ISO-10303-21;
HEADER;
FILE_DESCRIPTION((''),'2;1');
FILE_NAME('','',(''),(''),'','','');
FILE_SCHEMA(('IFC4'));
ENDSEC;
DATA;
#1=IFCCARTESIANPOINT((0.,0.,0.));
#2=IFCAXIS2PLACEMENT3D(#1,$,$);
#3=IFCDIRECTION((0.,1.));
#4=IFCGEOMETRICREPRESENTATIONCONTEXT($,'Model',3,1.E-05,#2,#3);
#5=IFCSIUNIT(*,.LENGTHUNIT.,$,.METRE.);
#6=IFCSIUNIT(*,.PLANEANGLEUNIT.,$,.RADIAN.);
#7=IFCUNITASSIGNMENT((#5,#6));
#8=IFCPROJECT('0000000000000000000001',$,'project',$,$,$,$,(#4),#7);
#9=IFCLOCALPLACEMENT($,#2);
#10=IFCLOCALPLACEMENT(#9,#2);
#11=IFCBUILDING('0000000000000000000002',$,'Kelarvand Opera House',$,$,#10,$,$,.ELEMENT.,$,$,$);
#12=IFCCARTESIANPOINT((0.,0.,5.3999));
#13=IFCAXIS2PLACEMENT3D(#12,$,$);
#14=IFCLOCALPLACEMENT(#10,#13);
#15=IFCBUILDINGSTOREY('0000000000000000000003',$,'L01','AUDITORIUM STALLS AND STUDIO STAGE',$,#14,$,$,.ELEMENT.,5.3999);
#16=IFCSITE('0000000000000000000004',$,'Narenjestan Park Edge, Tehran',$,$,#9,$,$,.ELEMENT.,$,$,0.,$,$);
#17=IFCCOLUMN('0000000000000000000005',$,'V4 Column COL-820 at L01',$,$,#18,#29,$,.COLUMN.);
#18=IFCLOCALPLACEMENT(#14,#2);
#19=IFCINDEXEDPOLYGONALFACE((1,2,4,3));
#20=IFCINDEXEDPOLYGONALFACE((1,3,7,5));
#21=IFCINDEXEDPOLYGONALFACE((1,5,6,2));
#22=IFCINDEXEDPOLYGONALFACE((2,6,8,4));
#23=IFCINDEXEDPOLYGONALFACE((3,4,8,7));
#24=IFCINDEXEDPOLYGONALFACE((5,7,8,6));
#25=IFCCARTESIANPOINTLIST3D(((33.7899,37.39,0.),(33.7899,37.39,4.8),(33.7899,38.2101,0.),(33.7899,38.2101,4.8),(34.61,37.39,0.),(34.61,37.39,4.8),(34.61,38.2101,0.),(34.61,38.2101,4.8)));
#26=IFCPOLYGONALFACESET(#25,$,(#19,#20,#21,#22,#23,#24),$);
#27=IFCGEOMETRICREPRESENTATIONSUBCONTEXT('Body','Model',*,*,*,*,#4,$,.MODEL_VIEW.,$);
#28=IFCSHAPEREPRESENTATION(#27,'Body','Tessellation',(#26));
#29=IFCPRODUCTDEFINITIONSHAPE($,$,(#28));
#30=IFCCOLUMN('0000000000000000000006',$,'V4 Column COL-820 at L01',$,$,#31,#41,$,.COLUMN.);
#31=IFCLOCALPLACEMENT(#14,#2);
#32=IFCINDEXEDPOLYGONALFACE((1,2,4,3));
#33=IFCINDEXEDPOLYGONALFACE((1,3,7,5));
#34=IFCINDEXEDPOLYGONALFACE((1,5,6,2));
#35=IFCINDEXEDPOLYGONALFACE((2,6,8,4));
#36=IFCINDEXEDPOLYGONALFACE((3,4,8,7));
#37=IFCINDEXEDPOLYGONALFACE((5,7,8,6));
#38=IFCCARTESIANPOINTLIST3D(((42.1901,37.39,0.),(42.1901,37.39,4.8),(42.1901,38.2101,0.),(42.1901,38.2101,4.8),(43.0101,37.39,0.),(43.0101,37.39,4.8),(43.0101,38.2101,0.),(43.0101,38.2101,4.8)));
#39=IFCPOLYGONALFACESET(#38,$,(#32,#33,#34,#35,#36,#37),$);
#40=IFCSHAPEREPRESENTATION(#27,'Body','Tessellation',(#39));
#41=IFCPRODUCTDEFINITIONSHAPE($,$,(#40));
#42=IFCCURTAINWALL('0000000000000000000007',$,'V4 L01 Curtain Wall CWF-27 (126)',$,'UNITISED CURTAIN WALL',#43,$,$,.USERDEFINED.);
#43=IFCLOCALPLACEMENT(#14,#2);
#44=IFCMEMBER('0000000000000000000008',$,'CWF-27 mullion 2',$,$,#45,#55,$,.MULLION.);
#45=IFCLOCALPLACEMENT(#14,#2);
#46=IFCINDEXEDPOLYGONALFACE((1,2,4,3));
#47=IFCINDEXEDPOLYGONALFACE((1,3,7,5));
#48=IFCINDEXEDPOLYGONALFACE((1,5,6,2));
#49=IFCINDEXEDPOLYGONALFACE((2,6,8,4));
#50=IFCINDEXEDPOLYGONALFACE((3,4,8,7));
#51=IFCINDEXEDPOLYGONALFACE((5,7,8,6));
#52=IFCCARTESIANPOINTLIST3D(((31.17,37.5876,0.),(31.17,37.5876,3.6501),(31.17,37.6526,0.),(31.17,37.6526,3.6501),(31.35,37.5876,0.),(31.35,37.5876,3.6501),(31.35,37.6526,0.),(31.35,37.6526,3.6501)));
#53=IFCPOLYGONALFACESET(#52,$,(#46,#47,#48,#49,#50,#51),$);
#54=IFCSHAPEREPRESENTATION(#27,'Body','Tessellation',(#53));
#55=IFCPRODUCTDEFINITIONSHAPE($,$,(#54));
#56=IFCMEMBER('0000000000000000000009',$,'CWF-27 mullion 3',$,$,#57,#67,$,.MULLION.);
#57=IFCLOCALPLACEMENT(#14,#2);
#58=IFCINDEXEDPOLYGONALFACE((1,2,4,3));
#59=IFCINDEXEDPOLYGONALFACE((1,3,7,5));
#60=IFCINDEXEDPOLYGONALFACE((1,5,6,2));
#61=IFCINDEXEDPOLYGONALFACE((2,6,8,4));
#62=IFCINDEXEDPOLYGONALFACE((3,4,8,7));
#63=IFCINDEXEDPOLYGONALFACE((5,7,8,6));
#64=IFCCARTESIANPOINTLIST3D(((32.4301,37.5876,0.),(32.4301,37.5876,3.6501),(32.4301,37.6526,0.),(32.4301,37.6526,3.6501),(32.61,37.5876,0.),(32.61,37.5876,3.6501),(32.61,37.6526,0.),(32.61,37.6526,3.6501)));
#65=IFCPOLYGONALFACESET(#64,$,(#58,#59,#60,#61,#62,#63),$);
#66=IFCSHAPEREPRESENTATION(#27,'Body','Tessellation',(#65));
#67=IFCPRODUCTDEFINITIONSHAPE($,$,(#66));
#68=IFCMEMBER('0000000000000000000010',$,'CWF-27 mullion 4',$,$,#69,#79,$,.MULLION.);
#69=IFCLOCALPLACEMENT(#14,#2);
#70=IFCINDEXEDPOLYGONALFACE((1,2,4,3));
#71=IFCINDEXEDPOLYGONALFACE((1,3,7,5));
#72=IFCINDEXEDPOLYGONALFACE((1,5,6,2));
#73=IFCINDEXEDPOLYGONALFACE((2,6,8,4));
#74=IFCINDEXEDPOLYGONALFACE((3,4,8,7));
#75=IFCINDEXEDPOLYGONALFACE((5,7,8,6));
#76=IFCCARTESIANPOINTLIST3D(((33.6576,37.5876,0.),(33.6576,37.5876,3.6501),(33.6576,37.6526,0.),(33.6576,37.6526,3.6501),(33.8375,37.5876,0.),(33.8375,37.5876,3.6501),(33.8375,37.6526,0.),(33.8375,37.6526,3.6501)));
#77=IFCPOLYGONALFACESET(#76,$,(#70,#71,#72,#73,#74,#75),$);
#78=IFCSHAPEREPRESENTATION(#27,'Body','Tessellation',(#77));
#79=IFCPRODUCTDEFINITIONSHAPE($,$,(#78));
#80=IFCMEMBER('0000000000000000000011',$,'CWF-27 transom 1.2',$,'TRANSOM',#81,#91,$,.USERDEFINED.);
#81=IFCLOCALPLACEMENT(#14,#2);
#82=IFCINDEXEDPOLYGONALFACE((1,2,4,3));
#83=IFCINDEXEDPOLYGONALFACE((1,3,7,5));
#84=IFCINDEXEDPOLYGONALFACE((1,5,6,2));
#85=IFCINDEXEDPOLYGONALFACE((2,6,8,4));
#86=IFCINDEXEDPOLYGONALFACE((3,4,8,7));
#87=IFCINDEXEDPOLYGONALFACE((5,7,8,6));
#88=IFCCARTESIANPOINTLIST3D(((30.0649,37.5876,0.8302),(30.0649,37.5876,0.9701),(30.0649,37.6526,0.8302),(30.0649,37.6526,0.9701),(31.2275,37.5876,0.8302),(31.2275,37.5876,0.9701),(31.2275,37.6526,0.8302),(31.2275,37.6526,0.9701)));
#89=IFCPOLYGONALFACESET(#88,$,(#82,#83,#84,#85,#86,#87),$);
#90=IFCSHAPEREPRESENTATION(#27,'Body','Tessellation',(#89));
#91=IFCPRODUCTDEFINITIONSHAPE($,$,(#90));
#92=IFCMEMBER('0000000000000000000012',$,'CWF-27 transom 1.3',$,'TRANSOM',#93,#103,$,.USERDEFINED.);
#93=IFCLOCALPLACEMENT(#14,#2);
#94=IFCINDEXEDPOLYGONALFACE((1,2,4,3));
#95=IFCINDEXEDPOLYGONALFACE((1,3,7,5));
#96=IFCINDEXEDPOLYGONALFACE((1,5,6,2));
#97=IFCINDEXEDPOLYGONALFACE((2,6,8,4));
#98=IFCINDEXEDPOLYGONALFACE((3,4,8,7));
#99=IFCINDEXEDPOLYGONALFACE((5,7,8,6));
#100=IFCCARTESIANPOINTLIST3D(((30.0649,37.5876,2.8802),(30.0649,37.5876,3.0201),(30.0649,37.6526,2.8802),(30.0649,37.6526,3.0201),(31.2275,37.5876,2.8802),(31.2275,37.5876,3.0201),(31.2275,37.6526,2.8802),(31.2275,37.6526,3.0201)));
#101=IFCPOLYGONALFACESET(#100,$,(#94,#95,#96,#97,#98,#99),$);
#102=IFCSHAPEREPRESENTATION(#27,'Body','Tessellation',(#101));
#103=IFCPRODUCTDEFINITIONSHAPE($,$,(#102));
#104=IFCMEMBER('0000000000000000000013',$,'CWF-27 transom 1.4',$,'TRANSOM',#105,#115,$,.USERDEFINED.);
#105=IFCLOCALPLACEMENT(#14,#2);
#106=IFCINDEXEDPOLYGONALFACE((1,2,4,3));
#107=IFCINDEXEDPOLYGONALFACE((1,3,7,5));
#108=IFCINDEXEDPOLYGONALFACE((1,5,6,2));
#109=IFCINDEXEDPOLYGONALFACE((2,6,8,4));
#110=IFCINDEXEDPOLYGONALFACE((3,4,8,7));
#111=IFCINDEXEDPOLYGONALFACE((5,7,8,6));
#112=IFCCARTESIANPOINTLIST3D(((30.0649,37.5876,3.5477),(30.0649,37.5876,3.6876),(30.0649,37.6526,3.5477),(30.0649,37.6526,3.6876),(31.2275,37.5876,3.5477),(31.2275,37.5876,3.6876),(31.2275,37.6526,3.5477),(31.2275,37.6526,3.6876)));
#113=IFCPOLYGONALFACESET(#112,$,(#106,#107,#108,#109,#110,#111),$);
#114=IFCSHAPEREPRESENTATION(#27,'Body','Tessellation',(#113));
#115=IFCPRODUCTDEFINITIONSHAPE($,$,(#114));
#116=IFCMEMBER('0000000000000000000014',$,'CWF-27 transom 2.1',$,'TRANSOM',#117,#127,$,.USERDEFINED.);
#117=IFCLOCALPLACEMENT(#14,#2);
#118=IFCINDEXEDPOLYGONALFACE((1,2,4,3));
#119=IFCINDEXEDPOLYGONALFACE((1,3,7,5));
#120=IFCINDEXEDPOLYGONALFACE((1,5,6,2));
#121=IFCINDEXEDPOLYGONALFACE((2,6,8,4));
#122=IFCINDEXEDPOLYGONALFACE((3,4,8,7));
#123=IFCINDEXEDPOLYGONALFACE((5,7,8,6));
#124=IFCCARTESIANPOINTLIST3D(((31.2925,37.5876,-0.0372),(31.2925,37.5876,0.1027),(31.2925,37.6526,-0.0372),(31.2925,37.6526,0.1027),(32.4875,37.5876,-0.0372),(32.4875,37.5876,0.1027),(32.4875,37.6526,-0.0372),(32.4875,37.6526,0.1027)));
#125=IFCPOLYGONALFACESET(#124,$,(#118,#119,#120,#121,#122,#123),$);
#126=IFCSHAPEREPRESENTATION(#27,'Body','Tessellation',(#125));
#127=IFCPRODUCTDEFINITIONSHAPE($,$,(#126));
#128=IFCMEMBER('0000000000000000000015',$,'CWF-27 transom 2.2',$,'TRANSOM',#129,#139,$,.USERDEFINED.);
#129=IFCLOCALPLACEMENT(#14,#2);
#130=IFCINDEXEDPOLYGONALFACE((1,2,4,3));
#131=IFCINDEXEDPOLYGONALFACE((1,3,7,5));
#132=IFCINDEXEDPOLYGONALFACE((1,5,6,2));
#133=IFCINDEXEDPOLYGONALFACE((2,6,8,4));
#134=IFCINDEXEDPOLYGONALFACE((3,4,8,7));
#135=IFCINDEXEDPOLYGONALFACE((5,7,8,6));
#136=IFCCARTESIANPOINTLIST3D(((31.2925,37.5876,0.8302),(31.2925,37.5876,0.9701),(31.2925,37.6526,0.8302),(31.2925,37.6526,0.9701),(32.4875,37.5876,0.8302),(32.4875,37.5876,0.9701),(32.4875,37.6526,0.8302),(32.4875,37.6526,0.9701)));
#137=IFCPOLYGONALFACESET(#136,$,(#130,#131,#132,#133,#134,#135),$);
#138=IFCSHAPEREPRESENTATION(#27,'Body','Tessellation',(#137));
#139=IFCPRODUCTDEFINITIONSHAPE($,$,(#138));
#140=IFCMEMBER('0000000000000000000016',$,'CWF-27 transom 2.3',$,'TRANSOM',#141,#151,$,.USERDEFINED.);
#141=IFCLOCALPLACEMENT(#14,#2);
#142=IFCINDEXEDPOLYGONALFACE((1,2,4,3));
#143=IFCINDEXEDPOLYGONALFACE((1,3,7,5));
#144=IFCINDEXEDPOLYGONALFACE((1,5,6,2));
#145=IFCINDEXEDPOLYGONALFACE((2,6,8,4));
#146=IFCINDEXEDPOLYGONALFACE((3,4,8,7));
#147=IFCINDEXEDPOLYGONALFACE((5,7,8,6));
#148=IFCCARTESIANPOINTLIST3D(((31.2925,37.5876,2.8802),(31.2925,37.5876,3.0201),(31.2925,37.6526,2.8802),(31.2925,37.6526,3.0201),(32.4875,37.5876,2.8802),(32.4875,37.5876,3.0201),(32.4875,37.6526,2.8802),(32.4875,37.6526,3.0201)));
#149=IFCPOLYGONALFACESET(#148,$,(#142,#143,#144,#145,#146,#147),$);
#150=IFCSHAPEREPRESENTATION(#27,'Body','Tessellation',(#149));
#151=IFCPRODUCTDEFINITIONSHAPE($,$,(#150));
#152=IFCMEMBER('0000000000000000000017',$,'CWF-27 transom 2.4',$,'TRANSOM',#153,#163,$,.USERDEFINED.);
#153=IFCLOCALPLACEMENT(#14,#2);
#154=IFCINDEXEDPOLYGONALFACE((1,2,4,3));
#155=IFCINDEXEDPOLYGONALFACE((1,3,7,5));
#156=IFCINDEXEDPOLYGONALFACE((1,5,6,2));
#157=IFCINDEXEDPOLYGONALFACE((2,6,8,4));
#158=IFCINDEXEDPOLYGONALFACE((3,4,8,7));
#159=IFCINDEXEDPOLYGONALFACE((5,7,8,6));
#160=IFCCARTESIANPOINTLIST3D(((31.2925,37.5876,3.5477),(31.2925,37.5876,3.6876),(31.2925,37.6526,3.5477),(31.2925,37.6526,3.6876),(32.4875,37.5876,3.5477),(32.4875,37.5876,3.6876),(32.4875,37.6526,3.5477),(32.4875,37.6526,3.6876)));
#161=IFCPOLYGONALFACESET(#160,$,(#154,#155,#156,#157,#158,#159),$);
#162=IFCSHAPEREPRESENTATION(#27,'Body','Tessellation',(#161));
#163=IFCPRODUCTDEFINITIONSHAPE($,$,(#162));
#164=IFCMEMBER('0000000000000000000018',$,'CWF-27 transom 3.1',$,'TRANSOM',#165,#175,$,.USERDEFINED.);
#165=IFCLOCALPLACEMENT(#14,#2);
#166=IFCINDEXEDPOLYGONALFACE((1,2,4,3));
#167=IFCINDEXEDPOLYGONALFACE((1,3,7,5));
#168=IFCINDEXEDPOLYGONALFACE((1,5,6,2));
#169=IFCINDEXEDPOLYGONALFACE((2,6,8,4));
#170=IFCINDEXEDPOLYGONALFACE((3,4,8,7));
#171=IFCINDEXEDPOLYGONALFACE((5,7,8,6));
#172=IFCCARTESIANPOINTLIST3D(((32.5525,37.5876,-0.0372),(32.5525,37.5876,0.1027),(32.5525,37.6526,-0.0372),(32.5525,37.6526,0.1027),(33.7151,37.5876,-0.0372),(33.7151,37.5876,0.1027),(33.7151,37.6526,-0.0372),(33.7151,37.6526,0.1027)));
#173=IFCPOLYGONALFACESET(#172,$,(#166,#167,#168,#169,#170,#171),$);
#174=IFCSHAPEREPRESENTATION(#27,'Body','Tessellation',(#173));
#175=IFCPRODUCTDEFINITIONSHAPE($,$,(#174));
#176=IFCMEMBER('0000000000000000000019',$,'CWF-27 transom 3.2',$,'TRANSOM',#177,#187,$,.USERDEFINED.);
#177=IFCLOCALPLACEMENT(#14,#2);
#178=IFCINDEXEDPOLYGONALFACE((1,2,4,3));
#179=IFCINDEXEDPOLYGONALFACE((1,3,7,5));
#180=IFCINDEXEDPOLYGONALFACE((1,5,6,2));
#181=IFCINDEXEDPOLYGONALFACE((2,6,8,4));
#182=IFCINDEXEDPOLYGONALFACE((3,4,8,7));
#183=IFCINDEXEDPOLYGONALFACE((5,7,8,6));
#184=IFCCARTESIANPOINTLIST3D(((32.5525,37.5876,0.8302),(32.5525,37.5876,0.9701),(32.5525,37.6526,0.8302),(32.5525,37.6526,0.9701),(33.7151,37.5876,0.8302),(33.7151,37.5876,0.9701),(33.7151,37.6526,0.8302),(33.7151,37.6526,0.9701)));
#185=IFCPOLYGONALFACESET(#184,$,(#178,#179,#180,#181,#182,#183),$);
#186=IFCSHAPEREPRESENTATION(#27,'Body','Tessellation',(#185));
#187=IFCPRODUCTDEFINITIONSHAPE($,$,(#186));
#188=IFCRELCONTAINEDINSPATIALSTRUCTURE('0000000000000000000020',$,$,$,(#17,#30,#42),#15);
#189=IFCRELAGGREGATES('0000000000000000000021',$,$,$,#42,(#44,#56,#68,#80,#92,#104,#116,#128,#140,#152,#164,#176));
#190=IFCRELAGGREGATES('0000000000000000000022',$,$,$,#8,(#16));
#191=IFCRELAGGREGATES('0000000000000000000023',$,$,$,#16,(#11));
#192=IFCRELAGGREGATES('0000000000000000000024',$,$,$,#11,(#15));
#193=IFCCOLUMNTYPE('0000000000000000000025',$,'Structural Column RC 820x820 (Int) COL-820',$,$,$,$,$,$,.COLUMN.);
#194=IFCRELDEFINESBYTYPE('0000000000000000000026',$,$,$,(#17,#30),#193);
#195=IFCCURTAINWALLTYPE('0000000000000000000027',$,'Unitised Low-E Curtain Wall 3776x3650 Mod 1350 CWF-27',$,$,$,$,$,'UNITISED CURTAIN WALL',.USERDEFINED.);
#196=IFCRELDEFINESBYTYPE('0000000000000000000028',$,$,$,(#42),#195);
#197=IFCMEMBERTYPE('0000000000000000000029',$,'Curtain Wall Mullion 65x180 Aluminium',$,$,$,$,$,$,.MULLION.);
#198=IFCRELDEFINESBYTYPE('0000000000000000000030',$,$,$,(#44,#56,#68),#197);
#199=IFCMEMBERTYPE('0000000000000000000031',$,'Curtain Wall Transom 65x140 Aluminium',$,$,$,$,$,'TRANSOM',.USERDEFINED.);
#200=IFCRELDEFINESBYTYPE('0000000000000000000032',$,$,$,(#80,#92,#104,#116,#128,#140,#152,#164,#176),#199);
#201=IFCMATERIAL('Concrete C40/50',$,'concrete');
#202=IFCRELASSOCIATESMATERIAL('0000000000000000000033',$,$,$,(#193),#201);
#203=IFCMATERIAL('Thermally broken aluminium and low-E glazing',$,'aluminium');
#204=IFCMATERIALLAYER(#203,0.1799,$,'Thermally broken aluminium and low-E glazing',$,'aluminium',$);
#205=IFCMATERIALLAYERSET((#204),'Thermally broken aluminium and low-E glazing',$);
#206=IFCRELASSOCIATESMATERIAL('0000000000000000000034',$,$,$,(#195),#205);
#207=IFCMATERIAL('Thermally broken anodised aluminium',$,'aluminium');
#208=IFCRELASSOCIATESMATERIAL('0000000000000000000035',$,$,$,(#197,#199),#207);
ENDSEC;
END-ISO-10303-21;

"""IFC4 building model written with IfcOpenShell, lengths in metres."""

from ifc_helpers import new_model, si_unit, direction, frame, origin, origin_2d, place, context, subcontext, project, spatial, rectangle, extrude, material, layer, layer_set, material_profile, profile_set, type_object, element, aggregate, save


model = new_model("IFC4")

# Units and contexts
model_context = context("Model", 3, precision=1e-05, world=origin(), true_north=direction((0.0, 1.0)))
body_context = subcontext(model_context, "Body", "Model", "MODEL_VIEW")
ifc_project = project(units=[si_unit("LENGTHUNIT", "METRE"), si_unit("PLANEANGLEUNIT", "RADIAN")], contexts=[model_context])

# Site, building, storey
site_placement = place(None, origin())
site = spatial("IfcSite", under=ifc_project, at=site_placement, Name="Narenjestan Park Edge, Tehran", CompositionType="ELEMENT", RefElevation=0.0)
building_placement = place(site_placement, origin())
building = spatial("IfcBuilding", under=site, at=building_placement, Name="Kelarvand Opera House", CompositionType="ELEMENT")
storey_placement = place(building_placement, frame((0.0, 0.0, 5.3999)))
storey = spatial("IfcBuildingStorey", under=building, at=storey_placement, Name="L01", Description="AUDITORIUM STALLS AND STUDIO STAGE", CompositionType="ELEMENT", Elevation=5.3999)

# Columns
ifc_material_1 = material(Name="Concrete C40/50", Category="concrete")
ifc_material_profile_1 = material_profile(ifc_material_1, rectangle(XDim=0.8201, YDim=0.8201, at=origin_2d()), Name="RC 820x820", Category="concrete")
ifc_profile_set_1 = profile_set([ifc_material_profile_1], Name="Concrete C40/50")
column_type = type_object("IfcColumnType", Name="Structural Column RC 820x820 (Int) COL-820", PredefinedType="COLUMN", material=ifc_profile_set_1)
for number, where, z_axis, x_axis, name in (
    (1, (34.2, 37.8, 0.0), (0.0, 0.0, 1.0), (1.0, 0.0, 0.0), "V4 Column COL-820 at L01"),
    (2, (42.6001, 37.8, 0.0), (0.0, 0.0, 1.0), (1.0, 0.0, 0.0), "V4 Column COL-820 at L01"),
):
    element("IfcColumn", number, at=place(storey_placement, frame(where, z_axis=z_axis, x_axis=x_axis)), inside=storey, type_object=column_type, Name=name, PredefinedType="COLUMN", context=body_context, shape_type="SweptSolid", body=[
        extrude(rectangle(XDim=0.8201, YDim=0.8201, at=origin_2d()), origin(), (0.0, 0.0, 1.0), 4.8),
    ])

# Curtain wall, members
ifc_material_2 = material(Name="Thermally broken aluminium and low-E glazing", Category="aluminium")
ifc_layer_1 = layer(ifc_material_2, 0.1799, Name="Thermally broken aluminium and low-E glazing", Category="aluminium")
ifc_layer_set_1 = layer_set([ifc_layer_1], Name="Thermally broken aluminium and low-E glazing")
curtain_wall_type = type_object("IfcCurtainWallType", Name="Unitised Low-E Curtain Wall 3776x3650 Mod 1350 CWF-27", ElementType="UNITISED CURTAIN WALL", PredefinedType="USERDEFINED", material=ifc_layer_set_1)
curtain_wall_placement = place(storey_placement, origin())
curtain_wall = element("IfcCurtainWall", 3, at=curtain_wall_placement, inside=storey, type_object=curtain_wall_type, Name="V4 L01 Curtain Wall CWF-27 (126)", ObjectType="UNITISED CURTAIN WALL", PredefinedType="USERDEFINED")
ifc_material_3 = material(Name="Thermally broken anodised aluminium", Category="aluminium")
ifc_material_profile_2 = material_profile(ifc_material_3, rectangle(XDim=0.0649, YDim=0.1799, at=origin_2d()), Name="ALU MULLION 65x180", Category="aluminium")
ifc_profile_set_2 = profile_set([ifc_material_profile_2], Name="Thermally broken anodised aluminium")
member_type_1 = type_object("IfcMemberType", Name="Curtain Wall Mullion 65x180 Aluminium", PredefinedType="MULLION", material=ifc_profile_set_2)
member_1_placement = place(storey_placement, frame((31.26, 37.6201, 0.0), z_axis=(0.0, 0.0, 1.0), x_axis=(0.0, 1.0, 0.0)))
member_1 = element("IfcMember", 4, at=member_1_placement, type_object=member_type_1, Name="CWF-27 mullion 2", PredefinedType="MULLION", context=body_context, shape_type="SweptSolid", body=[
    extrude(rectangle(XDim=0.0649, YDim=0.1799, at=origin_2d()), origin(), (0.0, 0.0, 1.0), 3.6501),
])
member_2_placement = place(storey_placement, frame((32.52, 37.6201, 0.0), z_axis=(0.0, 0.0, 1.0), x_axis=(0.0, 1.0, 0.0)))
member_2 = element("IfcMember", 5, at=member_2_placement, type_object=member_type_1, Name="CWF-27 mullion 3", PredefinedType="MULLION", context=body_context, shape_type="SweptSolid", body=[
    extrude(rectangle(XDim=0.0649, YDim=0.1799, at=origin_2d()), origin(), (0.0, 0.0, 1.0), 3.6501),
])
member_3_placement = place(storey_placement, frame((33.7476, 37.6201, 0.0), z_axis=(0.0, 0.0, 1.0), x_axis=(0.0, 1.0, 0.0)))
member_3 = element("IfcMember", 6, at=member_3_placement, type_object=member_type_1, Name="CWF-27 mullion 4", PredefinedType="MULLION", context=body_context, shape_type="SweptSolid", body=[
    extrude(rectangle(XDim=0.0649, YDim=0.1799, at=origin_2d()), origin(), (0.0, 0.0, 1.0), 3.6501),
])
ifc_material_profile_3 = material_profile(ifc_material_3, rectangle(XDim=0.0649, YDim=0.1399, at=origin_2d()), Name="ALU TRANSOM 65x140", Category="aluminium")
ifc_profile_set_3 = profile_set([ifc_material_profile_3], Name="Thermally broken anodised aluminium")
member_type_2 = type_object("IfcMemberType", Name="Curtain Wall Transom 65x140 Aluminium", ElementType="TRANSOM", PredefinedType="USERDEFINED", material=ifc_profile_set_3)
member_4_placement = place(storey_placement, frame((30.0649, 37.6201, 0.9001), z_axis=(1.0, 0.0, 0.0), x_axis=(0.0, 1.0, 0.0)))
member_4 = element("IfcMember", 7, at=member_4_placement, type_object=member_type_2, Name="CWF-27 transom 1.2", ObjectType="TRANSOM", PredefinedType="USERDEFINED", context=body_context, shape_type="SweptSolid", body=[
    extrude(rectangle(XDim=0.0649, YDim=0.1399, at=origin_2d()), origin(), (0.0, 0.0, 1.0), 1.1626),
])
member_5_placement = place(storey_placement, frame((30.0649, 37.6201, 2.9502), z_axis=(1.0, 0.0, 0.0), x_axis=(0.0, 1.0, 0.0)))
member_5 = element("IfcMember", 8, at=member_5_placement, type_object=member_type_2, Name="CWF-27 transom 1.3", ObjectType="TRANSOM", PredefinedType="USERDEFINED", context=body_context, shape_type="SweptSolid", body=[
    extrude(rectangle(XDim=0.0649, YDim=0.1399, at=origin_2d()), origin(), (0.0, 0.0, 1.0), 1.1626),
])
member_6_placement = place(storey_placement, frame((30.0649, 37.6201, 3.6177), z_axis=(1.0, 0.0, 0.0), x_axis=(0.0, 1.0, 0.0)))
member_6 = element("IfcMember", 9, at=member_6_placement, type_object=member_type_2, Name="CWF-27 transom 1.4", ObjectType="TRANSOM", PredefinedType="USERDEFINED", context=body_context, shape_type="SweptSolid", body=[
    extrude(rectangle(XDim=0.0649, YDim=0.1399, at=origin_2d()), origin(), (0.0, 0.0, 1.0), 1.1626),
])
member_7_placement = place(storey_placement, frame((31.2925, 37.6201, 0.0327), z_axis=(1.0, 0.0, 0.0), x_axis=(0.0, 1.0, 0.0)))
member_7 = element("IfcMember", 10, at=member_7_placement, type_object=member_type_2, Name="CWF-27 transom 2.1", ObjectType="TRANSOM", PredefinedType="USERDEFINED", context=body_context, shape_type="SweptSolid", body=[
    extrude(rectangle(XDim=0.0649, YDim=0.1399, at=origin_2d()), origin(), (0.0, 0.0, 1.0), 1.1951),
])
member_8_placement = place(storey_placement, frame((31.2925, 37.6201, 0.9001), z_axis=(1.0, 0.0, 0.0), x_axis=(0.0, 1.0, 0.0)))
member_8 = element("IfcMember", 11, at=member_8_placement, type_object=member_type_2, Name="CWF-27 transom 2.2", ObjectType="TRANSOM", PredefinedType="USERDEFINED", context=body_context, shape_type="SweptSolid", body=[
    extrude(rectangle(XDim=0.0649, YDim=0.1399, at=origin_2d()), origin(), (0.0, 0.0, 1.0), 1.1951),
])
member_9_placement = place(storey_placement, frame((31.2925, 37.6201, 2.9502), z_axis=(1.0, 0.0, 0.0), x_axis=(0.0, 1.0, 0.0)))
member_9 = element("IfcMember", 12, at=member_9_placement, type_object=member_type_2, Name="CWF-27 transom 2.3", ObjectType="TRANSOM", PredefinedType="USERDEFINED", context=body_context, shape_type="SweptSolid", body=[
    extrude(rectangle(XDim=0.0649, YDim=0.1399, at=origin_2d()), origin(), (0.0, 0.0, 1.0), 1.1951),
])
member_10_placement = place(storey_placement, frame((31.2925, 37.6201, 3.6177), z_axis=(1.0, 0.0, 0.0), x_axis=(0.0, 1.0, 0.0)))
member_10 = element("IfcMember", 13, at=member_10_placement, type_object=member_type_2, Name="CWF-27 transom 2.4", ObjectType="TRANSOM", PredefinedType="USERDEFINED", context=body_context, shape_type="SweptSolid", body=[
    extrude(rectangle(XDim=0.0649, YDim=0.1399, at=origin_2d()), origin(), (0.0, 0.0, 1.0), 1.1951),
])
member_11_placement = place(storey_placement, frame((32.5525, 37.6201, 0.0327), z_axis=(1.0, 0.0, 0.0), x_axis=(0.0, 1.0, 0.0)))
member_11 = element("IfcMember", 14, at=member_11_placement, type_object=member_type_2, Name="CWF-27 transom 3.1", ObjectType="TRANSOM", PredefinedType="USERDEFINED", context=body_context, shape_type="SweptSolid", body=[
    extrude(rectangle(XDim=0.0649, YDim=0.1399, at=origin_2d()), origin(), (0.0, 0.0, 1.0), 1.1626),
])
member_12_placement = place(storey_placement, frame((32.5525, 37.6201, 0.9001), z_axis=(1.0, 0.0, 0.0), x_axis=(0.0, 1.0, 0.0)))
member_12 = element("IfcMember", 15, at=member_12_placement, type_object=member_type_2, Name="CWF-27 transom 3.2", ObjectType="TRANSOM", PredefinedType="USERDEFINED", context=body_context, shape_type="SweptSolid", body=[
    extrude(rectangle(XDim=0.0649, YDim=0.1399, at=origin_2d()), origin(), (0.0, 0.0, 1.0), 1.1626),
])

aggregate(curtain_wall, [member_1, member_2, member_3, member_4, member_5, member_6, member_7, member_8, member_9, member_10, member_11, member_12])

save(model, "model.ifc")
